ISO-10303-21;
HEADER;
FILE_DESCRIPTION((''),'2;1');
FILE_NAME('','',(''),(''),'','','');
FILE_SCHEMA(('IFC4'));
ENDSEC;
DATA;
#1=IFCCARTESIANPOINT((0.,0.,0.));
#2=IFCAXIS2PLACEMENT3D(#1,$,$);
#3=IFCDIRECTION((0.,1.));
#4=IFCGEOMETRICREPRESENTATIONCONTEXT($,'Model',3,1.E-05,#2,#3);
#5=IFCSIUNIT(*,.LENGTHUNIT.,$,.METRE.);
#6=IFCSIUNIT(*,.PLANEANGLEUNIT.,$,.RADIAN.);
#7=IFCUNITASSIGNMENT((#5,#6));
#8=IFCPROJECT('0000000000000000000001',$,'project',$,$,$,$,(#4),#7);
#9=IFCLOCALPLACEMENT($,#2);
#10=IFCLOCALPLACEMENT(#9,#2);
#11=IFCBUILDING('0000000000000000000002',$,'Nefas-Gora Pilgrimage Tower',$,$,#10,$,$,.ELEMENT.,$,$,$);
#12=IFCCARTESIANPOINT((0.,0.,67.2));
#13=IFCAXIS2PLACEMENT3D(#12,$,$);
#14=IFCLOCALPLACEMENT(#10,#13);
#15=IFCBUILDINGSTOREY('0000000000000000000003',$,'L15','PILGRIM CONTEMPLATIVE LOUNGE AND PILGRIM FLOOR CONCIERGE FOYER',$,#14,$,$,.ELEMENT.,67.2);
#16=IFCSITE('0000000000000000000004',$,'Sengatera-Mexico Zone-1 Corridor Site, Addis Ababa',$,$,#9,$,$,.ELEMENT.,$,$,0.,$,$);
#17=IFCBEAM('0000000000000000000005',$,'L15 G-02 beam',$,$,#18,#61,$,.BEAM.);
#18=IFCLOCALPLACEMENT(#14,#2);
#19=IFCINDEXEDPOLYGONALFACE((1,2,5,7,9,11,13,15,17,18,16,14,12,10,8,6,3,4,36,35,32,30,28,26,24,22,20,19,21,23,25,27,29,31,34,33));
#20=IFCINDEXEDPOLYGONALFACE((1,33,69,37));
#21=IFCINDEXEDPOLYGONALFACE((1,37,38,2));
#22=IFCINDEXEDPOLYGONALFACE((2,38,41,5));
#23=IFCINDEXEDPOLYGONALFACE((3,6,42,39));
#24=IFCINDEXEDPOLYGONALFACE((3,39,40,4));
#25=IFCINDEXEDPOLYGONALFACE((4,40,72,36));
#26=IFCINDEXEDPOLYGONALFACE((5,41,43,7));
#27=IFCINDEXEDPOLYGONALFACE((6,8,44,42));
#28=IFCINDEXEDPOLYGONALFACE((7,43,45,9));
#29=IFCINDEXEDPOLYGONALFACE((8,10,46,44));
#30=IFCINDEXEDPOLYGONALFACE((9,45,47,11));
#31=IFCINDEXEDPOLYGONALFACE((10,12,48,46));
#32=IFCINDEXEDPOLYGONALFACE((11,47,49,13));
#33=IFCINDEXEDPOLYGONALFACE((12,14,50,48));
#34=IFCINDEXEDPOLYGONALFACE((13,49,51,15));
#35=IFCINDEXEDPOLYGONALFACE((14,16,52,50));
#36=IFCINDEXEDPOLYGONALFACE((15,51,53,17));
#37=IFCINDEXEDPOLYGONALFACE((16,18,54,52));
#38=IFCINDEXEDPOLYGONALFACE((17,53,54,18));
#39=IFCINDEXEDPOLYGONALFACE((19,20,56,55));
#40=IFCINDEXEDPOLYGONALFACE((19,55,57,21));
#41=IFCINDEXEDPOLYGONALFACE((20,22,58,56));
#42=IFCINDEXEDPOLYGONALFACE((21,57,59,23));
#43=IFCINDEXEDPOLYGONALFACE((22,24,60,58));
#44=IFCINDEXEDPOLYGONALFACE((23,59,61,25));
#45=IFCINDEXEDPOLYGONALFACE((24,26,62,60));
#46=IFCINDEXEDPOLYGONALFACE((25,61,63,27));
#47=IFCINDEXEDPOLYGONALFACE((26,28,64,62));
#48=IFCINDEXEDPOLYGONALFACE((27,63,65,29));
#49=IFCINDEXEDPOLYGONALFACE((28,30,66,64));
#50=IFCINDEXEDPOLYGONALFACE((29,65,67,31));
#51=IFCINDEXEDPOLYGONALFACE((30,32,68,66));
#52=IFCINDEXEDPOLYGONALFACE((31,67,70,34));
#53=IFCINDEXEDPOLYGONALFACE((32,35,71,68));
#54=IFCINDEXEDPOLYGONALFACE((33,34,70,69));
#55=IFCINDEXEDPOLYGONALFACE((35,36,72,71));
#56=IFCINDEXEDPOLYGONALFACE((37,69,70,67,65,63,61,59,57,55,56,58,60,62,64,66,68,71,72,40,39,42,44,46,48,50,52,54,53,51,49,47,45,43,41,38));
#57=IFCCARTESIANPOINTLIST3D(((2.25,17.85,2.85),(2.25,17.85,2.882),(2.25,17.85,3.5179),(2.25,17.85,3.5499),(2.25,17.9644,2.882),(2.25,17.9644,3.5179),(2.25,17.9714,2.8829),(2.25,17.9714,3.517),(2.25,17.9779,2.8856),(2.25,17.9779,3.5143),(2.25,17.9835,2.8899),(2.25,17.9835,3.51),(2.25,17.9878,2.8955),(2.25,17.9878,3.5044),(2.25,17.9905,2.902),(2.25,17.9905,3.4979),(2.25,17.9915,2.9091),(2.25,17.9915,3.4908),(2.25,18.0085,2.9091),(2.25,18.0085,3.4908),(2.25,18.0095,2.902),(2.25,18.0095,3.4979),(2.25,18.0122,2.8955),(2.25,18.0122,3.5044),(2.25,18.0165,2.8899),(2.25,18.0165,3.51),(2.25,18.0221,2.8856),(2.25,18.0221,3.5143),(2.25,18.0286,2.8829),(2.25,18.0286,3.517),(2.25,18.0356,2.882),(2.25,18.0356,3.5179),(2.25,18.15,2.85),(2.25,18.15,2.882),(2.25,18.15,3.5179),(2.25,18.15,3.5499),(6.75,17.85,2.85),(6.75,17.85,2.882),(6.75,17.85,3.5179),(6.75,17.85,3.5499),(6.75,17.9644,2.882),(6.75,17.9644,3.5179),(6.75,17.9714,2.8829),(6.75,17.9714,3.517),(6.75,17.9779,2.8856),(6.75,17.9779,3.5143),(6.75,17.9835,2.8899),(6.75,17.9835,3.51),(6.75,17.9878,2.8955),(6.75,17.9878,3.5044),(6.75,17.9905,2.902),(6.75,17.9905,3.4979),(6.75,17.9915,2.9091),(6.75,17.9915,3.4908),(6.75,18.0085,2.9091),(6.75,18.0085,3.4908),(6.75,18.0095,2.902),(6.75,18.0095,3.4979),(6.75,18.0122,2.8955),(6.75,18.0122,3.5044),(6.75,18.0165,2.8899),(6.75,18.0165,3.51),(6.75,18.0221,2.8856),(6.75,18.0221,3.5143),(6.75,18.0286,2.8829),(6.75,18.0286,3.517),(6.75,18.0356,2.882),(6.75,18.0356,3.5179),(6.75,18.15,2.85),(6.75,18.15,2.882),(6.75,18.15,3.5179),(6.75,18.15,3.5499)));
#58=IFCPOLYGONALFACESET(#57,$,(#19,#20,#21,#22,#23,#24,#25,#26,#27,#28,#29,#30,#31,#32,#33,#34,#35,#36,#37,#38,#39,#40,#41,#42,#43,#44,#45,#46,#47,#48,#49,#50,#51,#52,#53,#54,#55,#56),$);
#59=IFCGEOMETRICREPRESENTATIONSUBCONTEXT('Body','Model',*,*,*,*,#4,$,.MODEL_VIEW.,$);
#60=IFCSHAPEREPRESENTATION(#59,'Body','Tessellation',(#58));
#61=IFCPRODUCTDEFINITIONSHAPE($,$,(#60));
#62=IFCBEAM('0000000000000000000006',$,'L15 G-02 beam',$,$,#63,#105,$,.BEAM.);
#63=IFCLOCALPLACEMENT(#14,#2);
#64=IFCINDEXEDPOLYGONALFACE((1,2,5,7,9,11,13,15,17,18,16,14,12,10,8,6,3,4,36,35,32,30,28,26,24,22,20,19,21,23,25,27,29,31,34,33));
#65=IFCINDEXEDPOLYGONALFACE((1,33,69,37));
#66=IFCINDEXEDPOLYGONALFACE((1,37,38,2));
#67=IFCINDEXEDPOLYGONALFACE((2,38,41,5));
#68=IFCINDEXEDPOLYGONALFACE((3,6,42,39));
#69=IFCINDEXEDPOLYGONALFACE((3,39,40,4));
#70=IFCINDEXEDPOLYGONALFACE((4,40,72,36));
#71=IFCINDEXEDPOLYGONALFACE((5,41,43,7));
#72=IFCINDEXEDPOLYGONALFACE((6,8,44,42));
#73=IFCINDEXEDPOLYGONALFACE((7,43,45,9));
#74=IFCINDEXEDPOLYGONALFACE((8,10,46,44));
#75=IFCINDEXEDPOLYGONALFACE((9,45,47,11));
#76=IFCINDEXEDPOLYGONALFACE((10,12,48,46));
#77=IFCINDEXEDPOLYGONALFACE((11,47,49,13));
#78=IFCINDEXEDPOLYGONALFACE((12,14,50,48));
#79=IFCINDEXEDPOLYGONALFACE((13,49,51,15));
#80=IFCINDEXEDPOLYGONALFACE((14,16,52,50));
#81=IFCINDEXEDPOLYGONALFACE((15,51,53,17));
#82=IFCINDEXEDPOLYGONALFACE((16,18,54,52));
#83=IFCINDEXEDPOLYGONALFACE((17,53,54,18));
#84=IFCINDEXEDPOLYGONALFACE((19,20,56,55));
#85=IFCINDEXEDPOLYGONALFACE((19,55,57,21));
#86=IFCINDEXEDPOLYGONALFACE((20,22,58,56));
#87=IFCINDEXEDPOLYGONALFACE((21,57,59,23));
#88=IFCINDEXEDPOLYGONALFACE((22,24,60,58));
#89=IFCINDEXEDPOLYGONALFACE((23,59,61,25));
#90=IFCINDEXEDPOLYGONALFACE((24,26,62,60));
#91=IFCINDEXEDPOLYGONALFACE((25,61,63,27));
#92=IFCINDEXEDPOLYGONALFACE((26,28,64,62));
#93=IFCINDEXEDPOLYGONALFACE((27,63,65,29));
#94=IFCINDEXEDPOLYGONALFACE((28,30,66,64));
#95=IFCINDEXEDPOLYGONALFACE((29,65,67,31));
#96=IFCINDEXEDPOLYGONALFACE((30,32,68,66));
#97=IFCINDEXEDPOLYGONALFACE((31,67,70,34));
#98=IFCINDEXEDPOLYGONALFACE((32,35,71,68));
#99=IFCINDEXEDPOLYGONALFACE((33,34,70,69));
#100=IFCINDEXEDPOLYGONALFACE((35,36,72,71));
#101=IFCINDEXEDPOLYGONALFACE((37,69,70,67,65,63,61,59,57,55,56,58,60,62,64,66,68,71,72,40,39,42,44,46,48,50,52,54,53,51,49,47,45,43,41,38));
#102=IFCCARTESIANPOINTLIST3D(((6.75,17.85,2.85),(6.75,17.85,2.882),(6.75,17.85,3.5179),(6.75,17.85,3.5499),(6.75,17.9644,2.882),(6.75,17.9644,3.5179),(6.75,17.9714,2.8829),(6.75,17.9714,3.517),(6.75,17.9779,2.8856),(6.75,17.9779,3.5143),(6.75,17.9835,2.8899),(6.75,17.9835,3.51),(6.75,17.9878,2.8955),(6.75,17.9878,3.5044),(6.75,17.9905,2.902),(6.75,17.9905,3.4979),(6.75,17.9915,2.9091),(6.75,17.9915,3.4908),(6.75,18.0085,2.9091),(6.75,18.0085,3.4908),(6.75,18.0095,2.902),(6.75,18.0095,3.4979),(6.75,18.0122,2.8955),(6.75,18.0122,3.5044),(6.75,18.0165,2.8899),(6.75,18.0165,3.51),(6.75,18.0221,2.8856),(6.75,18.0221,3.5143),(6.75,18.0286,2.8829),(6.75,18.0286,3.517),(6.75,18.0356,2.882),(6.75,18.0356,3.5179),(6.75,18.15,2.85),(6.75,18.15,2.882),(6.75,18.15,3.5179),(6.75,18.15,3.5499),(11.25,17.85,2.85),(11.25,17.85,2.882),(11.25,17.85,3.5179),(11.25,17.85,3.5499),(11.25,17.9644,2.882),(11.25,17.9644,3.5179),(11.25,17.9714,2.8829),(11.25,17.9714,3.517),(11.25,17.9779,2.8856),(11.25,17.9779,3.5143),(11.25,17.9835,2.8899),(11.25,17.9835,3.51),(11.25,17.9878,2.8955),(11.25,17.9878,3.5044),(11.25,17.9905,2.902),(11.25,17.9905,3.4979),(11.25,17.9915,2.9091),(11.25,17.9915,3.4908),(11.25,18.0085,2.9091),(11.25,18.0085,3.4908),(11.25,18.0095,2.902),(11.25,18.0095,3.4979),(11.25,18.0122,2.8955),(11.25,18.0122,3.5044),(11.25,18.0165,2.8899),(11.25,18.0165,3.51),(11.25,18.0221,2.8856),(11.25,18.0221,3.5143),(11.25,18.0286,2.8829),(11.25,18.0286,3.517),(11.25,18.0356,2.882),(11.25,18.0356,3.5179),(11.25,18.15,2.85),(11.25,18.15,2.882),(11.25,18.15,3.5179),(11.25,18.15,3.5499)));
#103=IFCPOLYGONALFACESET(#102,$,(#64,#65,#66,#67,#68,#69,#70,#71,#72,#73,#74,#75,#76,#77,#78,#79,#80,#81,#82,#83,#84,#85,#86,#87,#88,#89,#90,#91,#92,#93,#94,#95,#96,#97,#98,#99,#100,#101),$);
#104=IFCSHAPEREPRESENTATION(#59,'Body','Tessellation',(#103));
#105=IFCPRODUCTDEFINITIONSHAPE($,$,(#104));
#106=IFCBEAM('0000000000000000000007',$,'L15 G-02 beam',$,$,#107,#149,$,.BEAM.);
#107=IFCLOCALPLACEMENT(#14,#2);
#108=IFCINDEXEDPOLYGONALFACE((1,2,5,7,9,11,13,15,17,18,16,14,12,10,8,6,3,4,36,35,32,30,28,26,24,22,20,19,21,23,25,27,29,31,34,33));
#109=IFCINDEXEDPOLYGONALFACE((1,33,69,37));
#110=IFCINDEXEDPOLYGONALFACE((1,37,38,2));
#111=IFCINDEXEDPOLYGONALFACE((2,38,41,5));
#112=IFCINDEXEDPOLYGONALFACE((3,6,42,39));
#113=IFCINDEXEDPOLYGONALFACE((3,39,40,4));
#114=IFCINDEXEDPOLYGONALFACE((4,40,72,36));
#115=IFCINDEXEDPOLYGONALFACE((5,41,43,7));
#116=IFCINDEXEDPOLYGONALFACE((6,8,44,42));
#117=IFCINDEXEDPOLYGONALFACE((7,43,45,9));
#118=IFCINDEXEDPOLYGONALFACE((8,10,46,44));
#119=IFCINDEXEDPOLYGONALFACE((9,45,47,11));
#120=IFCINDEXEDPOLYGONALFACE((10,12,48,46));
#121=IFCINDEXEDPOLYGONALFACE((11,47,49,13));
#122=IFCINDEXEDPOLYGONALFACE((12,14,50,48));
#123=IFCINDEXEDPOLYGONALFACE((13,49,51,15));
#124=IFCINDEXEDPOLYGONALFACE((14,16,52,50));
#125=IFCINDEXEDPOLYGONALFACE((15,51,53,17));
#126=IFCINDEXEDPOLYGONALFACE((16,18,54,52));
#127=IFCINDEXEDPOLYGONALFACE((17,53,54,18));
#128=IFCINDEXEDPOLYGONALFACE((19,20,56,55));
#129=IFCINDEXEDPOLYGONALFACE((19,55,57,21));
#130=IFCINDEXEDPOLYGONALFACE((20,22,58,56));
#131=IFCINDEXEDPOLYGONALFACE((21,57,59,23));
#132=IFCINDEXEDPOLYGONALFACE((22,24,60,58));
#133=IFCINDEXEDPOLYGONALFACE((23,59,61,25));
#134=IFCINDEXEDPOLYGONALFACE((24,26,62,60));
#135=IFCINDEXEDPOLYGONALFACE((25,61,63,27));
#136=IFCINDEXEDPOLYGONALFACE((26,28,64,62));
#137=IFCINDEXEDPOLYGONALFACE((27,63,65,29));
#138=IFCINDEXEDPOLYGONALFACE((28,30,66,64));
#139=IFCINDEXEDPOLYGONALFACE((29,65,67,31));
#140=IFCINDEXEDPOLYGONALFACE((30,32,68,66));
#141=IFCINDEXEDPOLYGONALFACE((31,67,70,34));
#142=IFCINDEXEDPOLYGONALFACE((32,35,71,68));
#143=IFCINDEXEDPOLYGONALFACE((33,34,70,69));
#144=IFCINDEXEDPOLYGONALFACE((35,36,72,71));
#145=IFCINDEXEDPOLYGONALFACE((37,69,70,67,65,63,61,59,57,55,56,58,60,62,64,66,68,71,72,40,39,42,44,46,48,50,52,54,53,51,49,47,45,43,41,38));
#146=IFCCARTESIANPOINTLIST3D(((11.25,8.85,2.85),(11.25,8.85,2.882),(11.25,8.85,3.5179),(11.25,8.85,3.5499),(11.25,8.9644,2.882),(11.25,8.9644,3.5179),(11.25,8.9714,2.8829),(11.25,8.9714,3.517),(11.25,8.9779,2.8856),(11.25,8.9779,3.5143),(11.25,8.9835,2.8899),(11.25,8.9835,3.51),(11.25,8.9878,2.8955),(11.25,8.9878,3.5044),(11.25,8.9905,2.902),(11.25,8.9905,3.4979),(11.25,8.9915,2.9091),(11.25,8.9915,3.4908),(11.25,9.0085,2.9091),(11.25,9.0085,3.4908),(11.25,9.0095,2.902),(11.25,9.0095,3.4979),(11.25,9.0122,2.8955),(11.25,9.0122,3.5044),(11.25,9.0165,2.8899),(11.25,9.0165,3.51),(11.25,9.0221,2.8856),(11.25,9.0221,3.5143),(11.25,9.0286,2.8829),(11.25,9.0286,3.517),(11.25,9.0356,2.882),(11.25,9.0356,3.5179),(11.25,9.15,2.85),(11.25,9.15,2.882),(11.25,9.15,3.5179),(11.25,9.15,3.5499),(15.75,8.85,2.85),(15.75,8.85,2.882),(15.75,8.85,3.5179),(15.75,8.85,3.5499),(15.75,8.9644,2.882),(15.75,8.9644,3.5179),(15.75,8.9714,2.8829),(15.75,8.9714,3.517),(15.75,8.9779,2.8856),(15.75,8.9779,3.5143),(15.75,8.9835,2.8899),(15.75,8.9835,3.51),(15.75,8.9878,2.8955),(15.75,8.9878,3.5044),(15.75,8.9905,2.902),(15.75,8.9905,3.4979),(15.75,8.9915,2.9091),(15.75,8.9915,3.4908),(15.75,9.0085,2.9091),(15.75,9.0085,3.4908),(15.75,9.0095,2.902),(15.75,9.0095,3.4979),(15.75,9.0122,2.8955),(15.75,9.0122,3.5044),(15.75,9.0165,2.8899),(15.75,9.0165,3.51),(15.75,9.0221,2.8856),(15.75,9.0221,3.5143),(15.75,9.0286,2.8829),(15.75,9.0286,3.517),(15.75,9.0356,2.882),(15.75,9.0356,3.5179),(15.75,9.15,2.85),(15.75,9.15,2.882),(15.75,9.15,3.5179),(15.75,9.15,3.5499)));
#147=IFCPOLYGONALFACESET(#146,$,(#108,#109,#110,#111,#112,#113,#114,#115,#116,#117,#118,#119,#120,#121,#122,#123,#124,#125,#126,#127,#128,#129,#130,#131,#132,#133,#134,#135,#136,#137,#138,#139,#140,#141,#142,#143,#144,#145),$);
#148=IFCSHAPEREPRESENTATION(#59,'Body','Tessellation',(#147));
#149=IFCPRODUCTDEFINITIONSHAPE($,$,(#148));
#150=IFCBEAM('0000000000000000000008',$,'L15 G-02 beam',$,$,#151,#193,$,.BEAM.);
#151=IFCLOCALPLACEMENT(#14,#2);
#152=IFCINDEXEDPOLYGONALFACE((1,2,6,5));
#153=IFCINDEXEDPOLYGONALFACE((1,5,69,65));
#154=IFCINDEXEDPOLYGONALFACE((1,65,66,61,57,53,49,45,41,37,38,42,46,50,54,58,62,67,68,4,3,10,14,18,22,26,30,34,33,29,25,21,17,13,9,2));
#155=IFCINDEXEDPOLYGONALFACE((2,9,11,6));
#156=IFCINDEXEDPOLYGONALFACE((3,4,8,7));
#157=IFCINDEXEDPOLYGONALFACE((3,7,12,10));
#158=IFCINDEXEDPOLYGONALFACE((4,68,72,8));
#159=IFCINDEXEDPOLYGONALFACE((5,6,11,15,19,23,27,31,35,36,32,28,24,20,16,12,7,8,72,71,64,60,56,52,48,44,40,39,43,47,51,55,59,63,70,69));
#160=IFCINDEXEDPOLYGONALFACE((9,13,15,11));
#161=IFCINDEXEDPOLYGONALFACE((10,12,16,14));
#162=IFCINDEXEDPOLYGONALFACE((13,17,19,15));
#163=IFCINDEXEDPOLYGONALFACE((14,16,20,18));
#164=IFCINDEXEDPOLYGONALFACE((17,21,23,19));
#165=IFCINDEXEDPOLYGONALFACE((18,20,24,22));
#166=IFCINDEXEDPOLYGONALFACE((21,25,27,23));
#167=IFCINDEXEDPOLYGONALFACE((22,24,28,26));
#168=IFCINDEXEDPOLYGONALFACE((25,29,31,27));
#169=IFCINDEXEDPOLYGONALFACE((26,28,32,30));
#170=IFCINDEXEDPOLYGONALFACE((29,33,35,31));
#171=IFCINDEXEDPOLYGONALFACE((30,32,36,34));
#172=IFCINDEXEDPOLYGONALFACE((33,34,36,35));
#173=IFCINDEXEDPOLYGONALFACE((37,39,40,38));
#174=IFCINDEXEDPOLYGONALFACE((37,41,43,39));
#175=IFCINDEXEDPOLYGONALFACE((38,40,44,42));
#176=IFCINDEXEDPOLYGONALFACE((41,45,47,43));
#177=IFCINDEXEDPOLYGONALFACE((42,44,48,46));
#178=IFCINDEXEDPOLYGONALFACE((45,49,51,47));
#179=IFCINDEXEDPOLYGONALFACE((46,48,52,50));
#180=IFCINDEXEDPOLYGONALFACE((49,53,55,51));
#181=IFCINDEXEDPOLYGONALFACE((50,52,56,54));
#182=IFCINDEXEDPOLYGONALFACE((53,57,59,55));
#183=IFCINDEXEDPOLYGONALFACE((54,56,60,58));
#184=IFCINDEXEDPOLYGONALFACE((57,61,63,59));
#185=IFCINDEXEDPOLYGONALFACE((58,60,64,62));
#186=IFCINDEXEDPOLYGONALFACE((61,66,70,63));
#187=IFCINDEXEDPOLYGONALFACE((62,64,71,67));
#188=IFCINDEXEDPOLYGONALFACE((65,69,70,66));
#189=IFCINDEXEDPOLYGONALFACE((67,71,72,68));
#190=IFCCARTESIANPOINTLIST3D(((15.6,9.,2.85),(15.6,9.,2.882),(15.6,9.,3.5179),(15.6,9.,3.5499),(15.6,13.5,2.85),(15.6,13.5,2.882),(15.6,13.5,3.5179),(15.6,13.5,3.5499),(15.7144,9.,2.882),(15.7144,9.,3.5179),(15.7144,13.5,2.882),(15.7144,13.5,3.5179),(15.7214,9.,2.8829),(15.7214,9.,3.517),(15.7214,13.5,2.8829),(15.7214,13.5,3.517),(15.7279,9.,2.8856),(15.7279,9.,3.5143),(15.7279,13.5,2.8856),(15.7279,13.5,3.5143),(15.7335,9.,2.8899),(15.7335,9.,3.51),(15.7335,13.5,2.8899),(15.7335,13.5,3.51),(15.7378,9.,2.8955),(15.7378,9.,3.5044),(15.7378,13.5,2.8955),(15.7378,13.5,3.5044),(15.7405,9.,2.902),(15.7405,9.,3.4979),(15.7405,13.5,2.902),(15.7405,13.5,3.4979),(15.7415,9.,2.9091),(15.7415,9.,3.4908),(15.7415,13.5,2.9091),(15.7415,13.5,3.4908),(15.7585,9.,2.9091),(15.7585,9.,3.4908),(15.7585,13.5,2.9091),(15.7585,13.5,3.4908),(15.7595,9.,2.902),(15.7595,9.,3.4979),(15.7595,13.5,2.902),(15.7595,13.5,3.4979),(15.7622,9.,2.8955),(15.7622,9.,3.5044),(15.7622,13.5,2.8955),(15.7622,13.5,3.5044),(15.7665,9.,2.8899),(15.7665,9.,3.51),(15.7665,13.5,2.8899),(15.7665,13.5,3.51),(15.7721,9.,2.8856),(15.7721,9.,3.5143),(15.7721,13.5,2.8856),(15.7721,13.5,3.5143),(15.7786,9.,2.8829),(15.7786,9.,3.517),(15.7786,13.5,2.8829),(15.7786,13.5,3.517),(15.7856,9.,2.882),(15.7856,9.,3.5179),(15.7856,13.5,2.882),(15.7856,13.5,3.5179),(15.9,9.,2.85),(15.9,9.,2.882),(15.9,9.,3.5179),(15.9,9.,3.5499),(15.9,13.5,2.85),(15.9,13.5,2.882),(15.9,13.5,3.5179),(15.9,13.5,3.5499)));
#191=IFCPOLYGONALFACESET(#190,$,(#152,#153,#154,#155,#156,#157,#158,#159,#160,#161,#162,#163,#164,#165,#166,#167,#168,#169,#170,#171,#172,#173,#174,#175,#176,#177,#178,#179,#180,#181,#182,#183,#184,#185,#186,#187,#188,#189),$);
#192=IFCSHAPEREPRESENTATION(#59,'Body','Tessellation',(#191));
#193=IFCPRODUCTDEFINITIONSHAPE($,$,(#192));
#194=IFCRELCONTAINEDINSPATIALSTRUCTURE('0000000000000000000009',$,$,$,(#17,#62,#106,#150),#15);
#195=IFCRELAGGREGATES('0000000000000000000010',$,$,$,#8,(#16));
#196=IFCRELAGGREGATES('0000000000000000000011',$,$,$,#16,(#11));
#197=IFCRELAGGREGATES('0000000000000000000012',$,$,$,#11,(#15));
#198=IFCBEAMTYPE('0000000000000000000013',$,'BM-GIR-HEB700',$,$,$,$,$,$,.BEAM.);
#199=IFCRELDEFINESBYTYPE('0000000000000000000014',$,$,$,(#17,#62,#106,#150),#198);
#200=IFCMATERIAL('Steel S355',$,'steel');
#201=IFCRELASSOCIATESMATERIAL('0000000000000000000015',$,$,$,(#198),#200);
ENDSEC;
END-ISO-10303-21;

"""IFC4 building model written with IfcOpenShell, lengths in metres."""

from ifc_helpers import new_model, si_unit, direction, frame, origin, origin_2d, place, context, subcontext, project, spatial, i_section, extrude, source, transform, mapped, material, material_profile, profile_set, type_object, element, save


model = new_model("IFC4")

# Units and contexts
model_context = context("Model", 3, precision=1e-05, world=origin(), true_north=direction((0.0, 1.0)))
body_context = subcontext(model_context, "Body", "Model", "MODEL_VIEW")
ifc_project = project(units=[si_unit("LENGTHUNIT", "METRE"), si_unit("PLANEANGLEUNIT", "RADIAN")], contexts=[model_context])

# Site, building, storey
site_placement = place(None, origin())
site = spatial("IfcSite", under=ifc_project, at=site_placement, Name="Sengatera-Mexico Zone-1 Corridor Site, Addis Ababa", CompositionType="ELEMENT", RefElevation=0.0)
building_placement = place(site_placement, origin())
building = spatial("IfcBuilding", under=site, at=building_placement, Name="Nefas-Gora Pilgrimage Tower", CompositionType="ELEMENT")
storey_placement = place(building_placement, frame((0.0, 0.0, 67.2)))
storey = spatial("IfcBuildingStorey", under=building, at=storey_placement, Name="L15", Description="PILGRIM CONTEMPLATIVE LOUNGE AND PILGRIM FLOOR CONCIERGE FOYER", CompositionType="ELEMENT", Elevation=67.2)

# Beams
ifc_material_1 = material(Name="Steel S355", Category="steel")
ifc_material_profile_1 = material_profile(ifc_material_1, i_section(OverallWidth=0.3, OverallDepth=0.7, WebThickness=0.0171, FlangeThickness=0.032, FilletRadius=0.0271, at=origin_2d()), Name="HEB 700")
ifc_profile_set_1 = profile_set([ifc_material_profile_1], Name="Steel S355")
beam_type_1 = type_object("IfcBeamType", Name="BM-GIR-HEB700", PredefinedType="BEAM", material=ifc_profile_set_1)
shared_shape_1 = source(origin(), body_context, "Body", "SweptSolid", [
    extrude(i_section(OverallWidth=0.3, OverallDepth=0.7, WebThickness=0.0171, FlangeThickness=0.032, FilletRadius=0.0271, at=origin_2d()), origin(), (0.0, 0.0, 1.0), 4.5),
])
for number, where, z_axis, x_axis, name in (
    (1, (2.25, 18.0, 3.2), (1.0, 0.0, 0.0), (0.0, 1.0, 0.0), "L15 G-02 beam"),
    (2, (6.75, 18.0, 3.2), (1.0, 0.0, 0.0), (0.0, 1.0, 0.0), "L15 G-02 beam"),
    (3, (11.25, 9.0, 3.2), (1.0, 0.0, 0.0), (0.0, 1.0, 0.0), "L15 G-02 beam"),
    (4, (15.75, 9.0, 3.2), (0.0, 1.0, 0.0), (-1.0, 0.0, 0.0), "L15 G-02 beam"),
):
    element("IfcBeam", number, at=place(storey_placement, frame(where, z_axis=z_axis, x_axis=x_axis)), inside=storey, type_object=beam_type_1, Name=name, PredefinedType="BEAM", context=body_context, shape_type="MappedRepresentation", body=[
        mapped(shared_shape_1, transform((0.0, 0.0, 0.0), x_axis=(1.0, 0.0, 0.0), y_axis=(0.0, 1.0, 0.0), z_axis=(0.0, 0.0, 1.0), scale=1.0)),
    ])

save(model, "model.ifc")
